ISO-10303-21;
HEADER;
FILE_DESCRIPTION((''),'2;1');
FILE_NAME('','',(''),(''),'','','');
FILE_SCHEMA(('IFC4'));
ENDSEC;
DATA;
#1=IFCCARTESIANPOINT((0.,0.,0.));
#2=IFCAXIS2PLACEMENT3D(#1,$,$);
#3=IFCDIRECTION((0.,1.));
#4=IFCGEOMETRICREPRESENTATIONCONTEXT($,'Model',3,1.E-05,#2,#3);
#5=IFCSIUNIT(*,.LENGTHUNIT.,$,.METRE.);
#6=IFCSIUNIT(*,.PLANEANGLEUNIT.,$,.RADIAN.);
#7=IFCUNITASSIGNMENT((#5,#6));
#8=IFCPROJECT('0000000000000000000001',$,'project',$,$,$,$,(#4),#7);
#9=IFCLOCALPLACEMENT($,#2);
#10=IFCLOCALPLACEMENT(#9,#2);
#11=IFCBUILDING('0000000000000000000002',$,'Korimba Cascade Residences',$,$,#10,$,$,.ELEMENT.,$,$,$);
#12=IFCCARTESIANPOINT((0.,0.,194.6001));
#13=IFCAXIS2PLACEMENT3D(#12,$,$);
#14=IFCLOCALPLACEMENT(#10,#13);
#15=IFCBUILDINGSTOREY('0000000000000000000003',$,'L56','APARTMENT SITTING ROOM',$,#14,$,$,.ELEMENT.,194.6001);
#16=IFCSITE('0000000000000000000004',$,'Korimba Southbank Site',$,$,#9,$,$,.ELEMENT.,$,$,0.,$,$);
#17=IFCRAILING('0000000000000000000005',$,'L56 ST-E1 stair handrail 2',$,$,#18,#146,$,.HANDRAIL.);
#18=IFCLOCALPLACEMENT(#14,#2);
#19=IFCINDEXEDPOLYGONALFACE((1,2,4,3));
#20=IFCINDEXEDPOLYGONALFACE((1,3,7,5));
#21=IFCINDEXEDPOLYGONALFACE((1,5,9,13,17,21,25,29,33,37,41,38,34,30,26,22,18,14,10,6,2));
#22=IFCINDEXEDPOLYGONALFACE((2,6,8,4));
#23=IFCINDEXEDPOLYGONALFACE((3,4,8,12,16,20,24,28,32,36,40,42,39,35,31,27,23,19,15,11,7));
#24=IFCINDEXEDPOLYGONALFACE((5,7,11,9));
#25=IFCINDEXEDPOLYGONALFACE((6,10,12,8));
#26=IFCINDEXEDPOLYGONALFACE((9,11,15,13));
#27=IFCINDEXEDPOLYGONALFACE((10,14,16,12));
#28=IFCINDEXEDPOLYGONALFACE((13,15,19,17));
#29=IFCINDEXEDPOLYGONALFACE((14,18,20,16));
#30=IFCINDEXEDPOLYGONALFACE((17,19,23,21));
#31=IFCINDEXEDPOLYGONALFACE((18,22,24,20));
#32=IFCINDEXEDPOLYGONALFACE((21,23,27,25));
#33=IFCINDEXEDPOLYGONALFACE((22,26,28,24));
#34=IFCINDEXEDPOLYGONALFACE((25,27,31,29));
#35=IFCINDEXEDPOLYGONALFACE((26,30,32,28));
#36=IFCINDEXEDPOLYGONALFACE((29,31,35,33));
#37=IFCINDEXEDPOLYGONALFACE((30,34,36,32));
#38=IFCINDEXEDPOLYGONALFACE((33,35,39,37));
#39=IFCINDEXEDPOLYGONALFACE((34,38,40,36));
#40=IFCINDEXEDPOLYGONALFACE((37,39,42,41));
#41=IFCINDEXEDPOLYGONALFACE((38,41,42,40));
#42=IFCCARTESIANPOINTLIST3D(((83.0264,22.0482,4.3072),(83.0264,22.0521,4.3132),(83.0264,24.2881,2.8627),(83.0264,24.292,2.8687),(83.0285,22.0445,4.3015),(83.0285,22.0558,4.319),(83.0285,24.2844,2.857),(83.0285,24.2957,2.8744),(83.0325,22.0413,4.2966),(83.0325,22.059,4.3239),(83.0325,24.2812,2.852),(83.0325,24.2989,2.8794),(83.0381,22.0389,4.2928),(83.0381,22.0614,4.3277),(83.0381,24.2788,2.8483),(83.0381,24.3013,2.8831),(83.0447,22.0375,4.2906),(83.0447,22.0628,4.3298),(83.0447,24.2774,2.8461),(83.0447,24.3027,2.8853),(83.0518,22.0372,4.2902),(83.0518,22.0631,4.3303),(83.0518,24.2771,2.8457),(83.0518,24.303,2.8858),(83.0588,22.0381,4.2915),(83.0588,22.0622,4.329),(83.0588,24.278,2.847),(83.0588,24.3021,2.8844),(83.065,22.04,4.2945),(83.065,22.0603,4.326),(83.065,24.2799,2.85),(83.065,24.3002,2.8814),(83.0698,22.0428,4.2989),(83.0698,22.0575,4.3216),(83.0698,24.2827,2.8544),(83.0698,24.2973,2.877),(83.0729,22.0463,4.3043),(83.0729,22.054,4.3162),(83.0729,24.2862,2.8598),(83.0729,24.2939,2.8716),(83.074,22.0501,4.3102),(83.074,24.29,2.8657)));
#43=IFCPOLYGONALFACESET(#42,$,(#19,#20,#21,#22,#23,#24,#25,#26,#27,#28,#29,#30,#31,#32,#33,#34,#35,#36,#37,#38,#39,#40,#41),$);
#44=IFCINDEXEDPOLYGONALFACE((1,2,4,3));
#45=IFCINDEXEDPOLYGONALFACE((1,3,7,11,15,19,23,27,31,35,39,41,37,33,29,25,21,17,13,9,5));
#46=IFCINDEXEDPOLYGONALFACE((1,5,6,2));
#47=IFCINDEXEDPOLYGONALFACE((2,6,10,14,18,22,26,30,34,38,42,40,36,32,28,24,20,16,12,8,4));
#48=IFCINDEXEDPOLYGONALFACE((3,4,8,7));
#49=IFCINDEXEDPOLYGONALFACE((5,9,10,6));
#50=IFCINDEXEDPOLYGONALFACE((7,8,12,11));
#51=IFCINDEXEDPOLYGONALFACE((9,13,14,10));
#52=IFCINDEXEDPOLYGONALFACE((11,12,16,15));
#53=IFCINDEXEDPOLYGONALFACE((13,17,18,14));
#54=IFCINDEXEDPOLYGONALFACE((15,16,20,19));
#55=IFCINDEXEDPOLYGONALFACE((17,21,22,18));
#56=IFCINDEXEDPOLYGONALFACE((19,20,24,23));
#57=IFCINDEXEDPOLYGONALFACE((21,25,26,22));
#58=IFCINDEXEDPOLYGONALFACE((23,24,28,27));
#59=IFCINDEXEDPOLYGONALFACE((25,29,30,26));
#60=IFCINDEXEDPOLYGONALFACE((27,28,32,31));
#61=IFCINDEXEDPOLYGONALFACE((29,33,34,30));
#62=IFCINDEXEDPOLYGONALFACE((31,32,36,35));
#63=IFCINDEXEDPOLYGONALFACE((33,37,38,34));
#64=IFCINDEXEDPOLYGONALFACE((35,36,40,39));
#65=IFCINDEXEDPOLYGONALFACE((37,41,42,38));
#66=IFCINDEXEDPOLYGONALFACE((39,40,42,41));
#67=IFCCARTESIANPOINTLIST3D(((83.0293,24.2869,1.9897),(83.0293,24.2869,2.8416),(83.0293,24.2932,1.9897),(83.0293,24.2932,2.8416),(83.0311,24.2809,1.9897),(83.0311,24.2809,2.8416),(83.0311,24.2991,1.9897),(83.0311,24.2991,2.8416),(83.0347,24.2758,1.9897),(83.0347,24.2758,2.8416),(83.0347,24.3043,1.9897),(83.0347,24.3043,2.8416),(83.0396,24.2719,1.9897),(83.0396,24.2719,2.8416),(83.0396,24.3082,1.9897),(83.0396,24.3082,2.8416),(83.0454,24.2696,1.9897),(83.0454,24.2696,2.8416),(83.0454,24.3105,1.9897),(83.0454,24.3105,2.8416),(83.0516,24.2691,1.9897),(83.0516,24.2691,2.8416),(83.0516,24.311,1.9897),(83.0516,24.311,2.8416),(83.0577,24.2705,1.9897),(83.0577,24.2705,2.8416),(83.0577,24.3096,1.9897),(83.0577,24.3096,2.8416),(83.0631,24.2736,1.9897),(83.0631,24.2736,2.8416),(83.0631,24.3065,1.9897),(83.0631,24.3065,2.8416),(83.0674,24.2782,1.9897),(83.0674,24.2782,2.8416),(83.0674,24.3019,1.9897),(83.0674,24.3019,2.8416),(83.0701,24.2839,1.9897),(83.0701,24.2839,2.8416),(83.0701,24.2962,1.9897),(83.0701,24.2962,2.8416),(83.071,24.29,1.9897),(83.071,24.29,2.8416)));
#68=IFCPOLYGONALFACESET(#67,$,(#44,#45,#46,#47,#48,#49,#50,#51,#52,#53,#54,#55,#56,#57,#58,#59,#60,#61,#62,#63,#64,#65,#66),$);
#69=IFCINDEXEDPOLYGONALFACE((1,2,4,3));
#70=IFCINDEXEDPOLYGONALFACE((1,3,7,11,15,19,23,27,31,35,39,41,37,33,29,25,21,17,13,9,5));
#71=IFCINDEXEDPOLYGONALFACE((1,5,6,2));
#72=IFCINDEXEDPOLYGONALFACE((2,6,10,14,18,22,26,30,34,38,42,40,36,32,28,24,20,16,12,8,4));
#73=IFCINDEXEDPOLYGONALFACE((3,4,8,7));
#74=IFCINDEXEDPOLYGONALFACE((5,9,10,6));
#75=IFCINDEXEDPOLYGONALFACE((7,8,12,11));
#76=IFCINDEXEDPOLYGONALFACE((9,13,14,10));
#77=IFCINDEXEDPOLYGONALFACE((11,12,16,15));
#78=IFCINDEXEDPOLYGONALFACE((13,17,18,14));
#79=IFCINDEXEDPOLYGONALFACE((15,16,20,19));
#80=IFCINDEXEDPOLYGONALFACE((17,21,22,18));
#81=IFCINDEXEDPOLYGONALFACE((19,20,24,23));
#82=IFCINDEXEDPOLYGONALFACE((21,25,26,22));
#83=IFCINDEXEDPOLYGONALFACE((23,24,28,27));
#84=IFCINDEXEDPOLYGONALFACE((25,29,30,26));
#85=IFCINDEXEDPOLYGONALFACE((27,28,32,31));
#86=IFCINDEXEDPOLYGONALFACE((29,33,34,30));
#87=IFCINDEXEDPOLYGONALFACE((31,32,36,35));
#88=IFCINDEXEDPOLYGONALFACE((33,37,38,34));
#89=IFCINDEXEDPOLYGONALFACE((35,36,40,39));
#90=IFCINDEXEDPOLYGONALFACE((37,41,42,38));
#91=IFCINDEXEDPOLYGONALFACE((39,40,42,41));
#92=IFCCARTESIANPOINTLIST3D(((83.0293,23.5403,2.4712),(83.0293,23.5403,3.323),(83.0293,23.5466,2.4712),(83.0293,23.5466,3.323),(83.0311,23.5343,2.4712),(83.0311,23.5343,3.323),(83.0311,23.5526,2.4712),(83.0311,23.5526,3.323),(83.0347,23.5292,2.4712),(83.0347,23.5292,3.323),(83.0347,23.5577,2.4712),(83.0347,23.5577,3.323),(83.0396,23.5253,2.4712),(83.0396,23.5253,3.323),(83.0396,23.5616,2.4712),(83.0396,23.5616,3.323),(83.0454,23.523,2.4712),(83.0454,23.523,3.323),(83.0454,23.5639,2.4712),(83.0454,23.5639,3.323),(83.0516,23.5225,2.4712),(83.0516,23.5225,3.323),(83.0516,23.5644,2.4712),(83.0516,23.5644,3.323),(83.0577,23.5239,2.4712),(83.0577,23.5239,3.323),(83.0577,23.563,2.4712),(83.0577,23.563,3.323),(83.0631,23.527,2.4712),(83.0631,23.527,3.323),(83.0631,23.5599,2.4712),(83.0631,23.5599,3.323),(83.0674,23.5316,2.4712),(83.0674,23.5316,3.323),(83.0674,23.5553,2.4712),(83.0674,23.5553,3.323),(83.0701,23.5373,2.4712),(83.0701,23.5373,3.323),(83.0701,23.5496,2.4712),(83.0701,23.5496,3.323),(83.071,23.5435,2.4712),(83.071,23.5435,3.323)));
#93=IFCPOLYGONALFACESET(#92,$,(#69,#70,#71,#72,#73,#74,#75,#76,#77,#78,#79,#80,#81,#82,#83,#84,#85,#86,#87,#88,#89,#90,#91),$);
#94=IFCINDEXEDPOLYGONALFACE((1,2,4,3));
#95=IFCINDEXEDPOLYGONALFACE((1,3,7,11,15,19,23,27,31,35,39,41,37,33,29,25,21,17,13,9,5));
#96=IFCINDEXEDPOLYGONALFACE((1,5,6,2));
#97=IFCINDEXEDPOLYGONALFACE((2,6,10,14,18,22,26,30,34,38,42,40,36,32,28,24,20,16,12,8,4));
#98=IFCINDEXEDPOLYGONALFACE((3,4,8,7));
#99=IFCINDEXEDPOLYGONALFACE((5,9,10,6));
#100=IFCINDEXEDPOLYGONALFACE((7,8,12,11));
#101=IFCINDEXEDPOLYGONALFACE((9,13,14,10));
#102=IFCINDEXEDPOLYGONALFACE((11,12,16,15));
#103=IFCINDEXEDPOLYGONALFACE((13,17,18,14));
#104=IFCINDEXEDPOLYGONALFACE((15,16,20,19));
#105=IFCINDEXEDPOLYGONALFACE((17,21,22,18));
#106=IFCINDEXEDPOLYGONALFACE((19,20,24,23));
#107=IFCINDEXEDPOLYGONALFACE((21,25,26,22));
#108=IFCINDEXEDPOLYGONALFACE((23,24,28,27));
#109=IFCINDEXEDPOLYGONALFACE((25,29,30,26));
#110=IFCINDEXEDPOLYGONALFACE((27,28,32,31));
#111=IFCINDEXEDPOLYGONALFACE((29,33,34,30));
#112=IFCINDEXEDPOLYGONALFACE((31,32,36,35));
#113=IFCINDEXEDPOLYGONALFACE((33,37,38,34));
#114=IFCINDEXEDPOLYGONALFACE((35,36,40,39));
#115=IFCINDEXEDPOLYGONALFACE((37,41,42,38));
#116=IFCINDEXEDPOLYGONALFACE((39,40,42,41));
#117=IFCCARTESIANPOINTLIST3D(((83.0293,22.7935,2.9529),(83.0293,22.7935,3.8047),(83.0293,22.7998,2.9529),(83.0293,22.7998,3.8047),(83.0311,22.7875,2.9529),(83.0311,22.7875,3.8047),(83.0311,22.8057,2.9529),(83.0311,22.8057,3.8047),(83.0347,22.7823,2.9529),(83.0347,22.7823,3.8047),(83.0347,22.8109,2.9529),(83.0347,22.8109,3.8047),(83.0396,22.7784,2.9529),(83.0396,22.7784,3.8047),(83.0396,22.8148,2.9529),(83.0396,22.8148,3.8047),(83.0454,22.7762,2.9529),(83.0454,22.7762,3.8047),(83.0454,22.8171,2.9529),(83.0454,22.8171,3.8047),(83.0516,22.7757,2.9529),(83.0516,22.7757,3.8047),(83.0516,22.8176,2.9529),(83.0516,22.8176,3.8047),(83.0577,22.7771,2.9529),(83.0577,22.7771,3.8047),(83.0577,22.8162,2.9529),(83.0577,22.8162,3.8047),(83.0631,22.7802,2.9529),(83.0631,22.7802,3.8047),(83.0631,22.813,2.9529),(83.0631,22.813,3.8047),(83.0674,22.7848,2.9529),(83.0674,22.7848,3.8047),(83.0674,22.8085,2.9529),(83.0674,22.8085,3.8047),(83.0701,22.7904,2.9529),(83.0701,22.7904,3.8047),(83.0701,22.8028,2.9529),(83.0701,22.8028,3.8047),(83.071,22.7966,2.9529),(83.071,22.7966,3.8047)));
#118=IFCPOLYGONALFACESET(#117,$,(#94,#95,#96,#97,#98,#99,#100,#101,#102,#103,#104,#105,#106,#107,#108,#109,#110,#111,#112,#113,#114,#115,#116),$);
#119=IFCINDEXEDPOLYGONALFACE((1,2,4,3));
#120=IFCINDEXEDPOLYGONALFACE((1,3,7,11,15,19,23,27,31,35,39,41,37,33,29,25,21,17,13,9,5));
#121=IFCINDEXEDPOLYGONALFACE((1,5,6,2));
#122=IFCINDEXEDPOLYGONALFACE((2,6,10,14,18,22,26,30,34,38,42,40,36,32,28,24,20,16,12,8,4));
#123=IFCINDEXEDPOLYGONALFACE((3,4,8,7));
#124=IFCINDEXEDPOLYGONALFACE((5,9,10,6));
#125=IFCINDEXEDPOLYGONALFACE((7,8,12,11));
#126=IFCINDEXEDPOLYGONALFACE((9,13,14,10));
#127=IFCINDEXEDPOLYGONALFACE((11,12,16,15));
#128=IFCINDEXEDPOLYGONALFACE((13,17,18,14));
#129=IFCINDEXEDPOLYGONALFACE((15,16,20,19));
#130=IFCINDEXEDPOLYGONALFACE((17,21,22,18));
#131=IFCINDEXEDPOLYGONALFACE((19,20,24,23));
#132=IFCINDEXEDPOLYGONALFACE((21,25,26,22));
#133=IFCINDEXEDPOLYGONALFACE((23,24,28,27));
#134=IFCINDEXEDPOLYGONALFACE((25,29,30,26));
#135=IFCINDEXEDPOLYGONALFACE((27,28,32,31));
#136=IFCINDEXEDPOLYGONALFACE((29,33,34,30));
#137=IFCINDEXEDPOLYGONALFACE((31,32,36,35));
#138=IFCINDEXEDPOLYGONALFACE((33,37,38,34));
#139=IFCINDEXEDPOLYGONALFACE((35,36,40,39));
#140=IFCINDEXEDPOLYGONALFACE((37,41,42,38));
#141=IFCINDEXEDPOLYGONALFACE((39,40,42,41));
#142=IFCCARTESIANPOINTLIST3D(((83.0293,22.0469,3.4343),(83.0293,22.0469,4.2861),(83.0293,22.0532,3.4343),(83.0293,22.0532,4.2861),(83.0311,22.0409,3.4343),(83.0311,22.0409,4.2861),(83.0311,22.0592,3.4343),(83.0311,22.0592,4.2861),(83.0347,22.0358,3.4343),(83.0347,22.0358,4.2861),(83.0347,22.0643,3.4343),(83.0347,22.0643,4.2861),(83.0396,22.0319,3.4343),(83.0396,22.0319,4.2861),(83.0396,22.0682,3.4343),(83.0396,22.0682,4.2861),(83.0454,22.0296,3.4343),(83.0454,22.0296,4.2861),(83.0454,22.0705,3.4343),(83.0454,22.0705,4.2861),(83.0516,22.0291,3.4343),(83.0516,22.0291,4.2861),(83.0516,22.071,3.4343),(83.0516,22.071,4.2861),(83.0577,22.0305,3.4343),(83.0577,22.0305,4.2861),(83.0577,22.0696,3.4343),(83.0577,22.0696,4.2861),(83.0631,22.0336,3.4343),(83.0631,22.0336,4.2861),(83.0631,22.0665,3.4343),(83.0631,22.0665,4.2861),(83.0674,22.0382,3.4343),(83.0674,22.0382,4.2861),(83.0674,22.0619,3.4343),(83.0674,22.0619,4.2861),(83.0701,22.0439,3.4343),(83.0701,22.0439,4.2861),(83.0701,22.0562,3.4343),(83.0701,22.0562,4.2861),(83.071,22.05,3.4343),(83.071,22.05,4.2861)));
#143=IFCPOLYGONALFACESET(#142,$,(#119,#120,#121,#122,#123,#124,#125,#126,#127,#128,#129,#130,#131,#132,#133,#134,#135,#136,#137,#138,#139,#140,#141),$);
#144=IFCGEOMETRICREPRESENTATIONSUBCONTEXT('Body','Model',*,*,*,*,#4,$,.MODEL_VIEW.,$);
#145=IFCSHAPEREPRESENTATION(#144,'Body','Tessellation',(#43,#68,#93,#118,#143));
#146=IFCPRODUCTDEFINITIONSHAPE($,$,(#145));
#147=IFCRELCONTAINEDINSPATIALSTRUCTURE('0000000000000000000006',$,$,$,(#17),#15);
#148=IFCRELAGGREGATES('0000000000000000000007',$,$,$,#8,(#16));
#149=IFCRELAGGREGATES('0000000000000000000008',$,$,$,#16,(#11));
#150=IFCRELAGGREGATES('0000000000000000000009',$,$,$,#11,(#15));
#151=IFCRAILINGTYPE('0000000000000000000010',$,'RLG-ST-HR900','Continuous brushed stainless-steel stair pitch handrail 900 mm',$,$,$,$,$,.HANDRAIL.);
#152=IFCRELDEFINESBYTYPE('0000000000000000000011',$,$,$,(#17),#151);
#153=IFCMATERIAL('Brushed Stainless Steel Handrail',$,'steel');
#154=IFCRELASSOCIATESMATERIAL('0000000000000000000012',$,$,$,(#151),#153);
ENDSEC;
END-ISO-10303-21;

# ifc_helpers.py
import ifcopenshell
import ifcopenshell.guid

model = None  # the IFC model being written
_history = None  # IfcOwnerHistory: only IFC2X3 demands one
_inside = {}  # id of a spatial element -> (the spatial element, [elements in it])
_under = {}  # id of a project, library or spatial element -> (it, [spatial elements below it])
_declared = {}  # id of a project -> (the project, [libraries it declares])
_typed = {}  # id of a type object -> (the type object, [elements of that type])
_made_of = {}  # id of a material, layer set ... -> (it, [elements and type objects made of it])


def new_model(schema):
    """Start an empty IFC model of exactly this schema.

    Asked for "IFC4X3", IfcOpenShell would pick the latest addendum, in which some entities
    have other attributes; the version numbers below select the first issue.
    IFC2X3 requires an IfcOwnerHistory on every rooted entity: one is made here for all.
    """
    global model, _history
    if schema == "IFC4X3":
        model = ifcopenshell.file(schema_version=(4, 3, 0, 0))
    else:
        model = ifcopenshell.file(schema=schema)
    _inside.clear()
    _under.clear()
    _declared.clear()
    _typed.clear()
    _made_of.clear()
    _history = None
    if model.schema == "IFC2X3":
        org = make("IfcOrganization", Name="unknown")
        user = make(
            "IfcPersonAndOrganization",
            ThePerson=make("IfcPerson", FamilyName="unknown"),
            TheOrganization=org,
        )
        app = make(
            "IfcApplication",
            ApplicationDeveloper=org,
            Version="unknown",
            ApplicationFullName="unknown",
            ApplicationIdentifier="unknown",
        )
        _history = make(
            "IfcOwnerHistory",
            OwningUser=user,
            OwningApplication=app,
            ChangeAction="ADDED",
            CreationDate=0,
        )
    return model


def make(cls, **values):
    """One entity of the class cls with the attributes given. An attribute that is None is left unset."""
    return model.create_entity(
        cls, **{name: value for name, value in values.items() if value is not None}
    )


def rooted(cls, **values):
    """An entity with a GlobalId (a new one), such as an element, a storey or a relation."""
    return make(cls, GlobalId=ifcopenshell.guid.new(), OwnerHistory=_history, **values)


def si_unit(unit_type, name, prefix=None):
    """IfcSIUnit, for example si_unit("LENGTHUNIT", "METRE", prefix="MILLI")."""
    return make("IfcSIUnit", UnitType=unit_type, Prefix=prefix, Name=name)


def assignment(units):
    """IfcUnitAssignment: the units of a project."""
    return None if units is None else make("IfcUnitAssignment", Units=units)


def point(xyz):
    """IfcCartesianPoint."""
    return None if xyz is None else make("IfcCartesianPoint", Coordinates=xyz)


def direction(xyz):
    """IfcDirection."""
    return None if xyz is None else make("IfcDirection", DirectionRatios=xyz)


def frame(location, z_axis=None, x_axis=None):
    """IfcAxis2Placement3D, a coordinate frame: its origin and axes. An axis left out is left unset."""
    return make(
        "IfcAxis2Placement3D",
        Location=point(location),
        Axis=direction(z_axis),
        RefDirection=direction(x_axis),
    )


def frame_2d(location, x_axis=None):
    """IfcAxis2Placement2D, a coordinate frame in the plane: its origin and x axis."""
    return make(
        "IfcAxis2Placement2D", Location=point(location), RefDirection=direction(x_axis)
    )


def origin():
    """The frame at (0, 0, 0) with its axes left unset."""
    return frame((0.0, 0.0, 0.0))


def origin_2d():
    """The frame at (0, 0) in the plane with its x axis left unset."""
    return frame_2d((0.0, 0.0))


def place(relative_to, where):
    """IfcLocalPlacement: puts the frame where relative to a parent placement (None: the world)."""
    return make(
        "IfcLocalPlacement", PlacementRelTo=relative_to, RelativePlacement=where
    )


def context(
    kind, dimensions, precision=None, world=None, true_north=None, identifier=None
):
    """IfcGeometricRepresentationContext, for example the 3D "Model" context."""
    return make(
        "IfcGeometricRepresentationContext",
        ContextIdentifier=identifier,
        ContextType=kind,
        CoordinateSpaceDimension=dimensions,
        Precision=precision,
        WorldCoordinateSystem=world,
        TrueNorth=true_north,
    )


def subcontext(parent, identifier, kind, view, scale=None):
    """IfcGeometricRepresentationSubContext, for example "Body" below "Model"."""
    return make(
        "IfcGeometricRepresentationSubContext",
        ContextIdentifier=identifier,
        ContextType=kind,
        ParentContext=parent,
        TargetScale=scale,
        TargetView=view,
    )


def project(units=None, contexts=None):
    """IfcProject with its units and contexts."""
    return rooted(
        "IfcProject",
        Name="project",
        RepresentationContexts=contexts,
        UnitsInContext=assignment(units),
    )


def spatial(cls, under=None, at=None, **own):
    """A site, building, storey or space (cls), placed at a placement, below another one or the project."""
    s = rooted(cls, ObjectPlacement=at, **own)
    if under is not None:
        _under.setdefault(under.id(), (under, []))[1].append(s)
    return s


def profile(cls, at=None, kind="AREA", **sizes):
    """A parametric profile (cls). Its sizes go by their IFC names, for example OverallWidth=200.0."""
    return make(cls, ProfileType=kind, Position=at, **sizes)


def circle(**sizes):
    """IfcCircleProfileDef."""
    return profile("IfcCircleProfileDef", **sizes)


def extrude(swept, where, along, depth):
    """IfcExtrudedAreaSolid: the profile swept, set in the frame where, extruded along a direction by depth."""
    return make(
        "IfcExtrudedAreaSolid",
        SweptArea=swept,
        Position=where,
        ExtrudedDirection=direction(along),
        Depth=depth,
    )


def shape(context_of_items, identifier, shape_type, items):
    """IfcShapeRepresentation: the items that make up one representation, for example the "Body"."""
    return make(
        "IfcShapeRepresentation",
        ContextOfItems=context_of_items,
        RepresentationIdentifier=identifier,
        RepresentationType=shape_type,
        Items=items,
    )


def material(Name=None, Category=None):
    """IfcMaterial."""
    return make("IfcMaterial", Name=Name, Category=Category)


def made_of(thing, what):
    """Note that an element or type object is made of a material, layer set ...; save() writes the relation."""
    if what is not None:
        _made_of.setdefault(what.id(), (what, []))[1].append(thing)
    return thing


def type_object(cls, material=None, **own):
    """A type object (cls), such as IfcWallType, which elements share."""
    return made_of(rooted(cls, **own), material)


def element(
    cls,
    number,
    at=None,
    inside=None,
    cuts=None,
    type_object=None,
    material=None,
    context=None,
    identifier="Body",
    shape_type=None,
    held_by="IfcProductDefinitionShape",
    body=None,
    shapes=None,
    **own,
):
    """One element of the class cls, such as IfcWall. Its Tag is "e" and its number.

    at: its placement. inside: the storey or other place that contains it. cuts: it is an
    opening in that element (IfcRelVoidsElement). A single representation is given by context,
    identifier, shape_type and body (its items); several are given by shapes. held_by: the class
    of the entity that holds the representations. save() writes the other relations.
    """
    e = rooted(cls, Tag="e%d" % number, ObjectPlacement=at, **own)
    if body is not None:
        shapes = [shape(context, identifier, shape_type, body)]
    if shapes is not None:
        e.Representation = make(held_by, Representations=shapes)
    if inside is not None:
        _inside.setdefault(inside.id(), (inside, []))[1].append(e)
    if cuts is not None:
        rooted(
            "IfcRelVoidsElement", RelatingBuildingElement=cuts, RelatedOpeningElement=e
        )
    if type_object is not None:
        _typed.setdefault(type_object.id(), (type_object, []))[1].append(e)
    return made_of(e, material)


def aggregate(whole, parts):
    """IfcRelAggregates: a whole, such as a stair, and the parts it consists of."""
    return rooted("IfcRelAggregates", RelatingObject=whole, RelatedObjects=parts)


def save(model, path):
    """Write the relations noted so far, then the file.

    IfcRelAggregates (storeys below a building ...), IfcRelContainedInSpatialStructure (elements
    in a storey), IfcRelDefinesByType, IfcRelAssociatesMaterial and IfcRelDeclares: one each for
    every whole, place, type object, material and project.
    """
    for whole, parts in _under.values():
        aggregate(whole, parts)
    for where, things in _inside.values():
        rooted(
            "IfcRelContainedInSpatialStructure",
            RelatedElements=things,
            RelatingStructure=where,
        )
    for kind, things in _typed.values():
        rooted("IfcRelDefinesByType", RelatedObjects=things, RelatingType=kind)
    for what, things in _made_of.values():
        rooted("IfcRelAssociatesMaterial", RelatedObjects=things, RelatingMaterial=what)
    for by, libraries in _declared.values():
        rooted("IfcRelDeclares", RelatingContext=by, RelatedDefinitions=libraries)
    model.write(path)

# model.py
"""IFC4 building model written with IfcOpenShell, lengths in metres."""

from ifc_helpers import new_model, si_unit, direction, frame, origin, origin_2d, place, context, subcontext, project, spatial, circle, extrude, material, type_object, element, save


model = new_model("IFC4")

# Units and contexts
model_context = context("Model", 3, precision=1e-05, world=origin(), true_north=direction((0.0, 1.0)))
body_context = subcontext(model_context, "Body", "Model", "MODEL_VIEW")
ifc_project = project(units=[si_unit("LENGTHUNIT", "METRE"), si_unit("PLANEANGLEUNIT", "RADIAN")], contexts=[model_context])

# Site, building, storey
site_placement = place(None, origin())
site = spatial("IfcSite", under=ifc_project, at=site_placement, Name="Korimba Southbank Site", CompositionType="ELEMENT", RefElevation=0.0)
building_placement = place(site_placement, origin())
building = spatial("IfcBuilding", under=site, at=building_placement, Name="Korimba Cascade Residences", CompositionType="ELEMENT")
storey_placement = place(building_placement, frame((0.0, 0.0, 194.6001)))
storey = spatial("IfcBuildingStorey", under=building, at=storey_placement, Name="L56", Description="APARTMENT SITTING ROOM", CompositionType="ELEMENT", Elevation=194.6001)

# Railing
ifc_material_1 = material(Name="Brushed Stainless Steel Handrail", Category="steel")
railing_type_1 = type_object("IfcRailingType", Name="RLG-ST-HR900", Description="Continuous brushed stainless-steel stair pitch handrail 900 mm", PredefinedType="HANDRAIL", material=ifc_material_1)
railing_1_placement = place(storey_placement, frame((83.05, 24.29, 1.9897)))
element("IfcRailing", 1, at=railing_1_placement, inside=storey, type_object=railing_type_1, Name="L56 ST-E1 stair handrail 2", PredefinedType="HANDRAIL", context=body_context, shape_type="SweptSolid", body=[
    extrude(circle(Radius=0.0239, at=origin_2d()), frame((0.0, 0.0, 0.876), z_axis=(0.0, -0.840395, 0.541975), x_axis=(1.0, 0.0, 0.0)), (0.0, 0.0, 1.0), 2.6653),
    extrude(circle(Radius=0.021, at=origin_2d()), origin(), (0.0, 0.0, 1.0), 0.8518),
    extrude(circle(Radius=0.021, at=origin_2d()), frame((0.0, -0.7466, 0.4814)), (0.0, 0.0, 1.0), 0.8518),
    extrude(circle(Radius=0.021, at=origin_2d()), frame((0.0, -1.4934, 0.9631)), (0.0, 0.0, 1.0), 0.8518),
    extrude(circle(Radius=0.021, at=origin_2d()), frame((0.0, -2.24, 1.4446)), (0.0, 0.0, 1.0), 0.8518),
])

save(model, "model.ifc")
